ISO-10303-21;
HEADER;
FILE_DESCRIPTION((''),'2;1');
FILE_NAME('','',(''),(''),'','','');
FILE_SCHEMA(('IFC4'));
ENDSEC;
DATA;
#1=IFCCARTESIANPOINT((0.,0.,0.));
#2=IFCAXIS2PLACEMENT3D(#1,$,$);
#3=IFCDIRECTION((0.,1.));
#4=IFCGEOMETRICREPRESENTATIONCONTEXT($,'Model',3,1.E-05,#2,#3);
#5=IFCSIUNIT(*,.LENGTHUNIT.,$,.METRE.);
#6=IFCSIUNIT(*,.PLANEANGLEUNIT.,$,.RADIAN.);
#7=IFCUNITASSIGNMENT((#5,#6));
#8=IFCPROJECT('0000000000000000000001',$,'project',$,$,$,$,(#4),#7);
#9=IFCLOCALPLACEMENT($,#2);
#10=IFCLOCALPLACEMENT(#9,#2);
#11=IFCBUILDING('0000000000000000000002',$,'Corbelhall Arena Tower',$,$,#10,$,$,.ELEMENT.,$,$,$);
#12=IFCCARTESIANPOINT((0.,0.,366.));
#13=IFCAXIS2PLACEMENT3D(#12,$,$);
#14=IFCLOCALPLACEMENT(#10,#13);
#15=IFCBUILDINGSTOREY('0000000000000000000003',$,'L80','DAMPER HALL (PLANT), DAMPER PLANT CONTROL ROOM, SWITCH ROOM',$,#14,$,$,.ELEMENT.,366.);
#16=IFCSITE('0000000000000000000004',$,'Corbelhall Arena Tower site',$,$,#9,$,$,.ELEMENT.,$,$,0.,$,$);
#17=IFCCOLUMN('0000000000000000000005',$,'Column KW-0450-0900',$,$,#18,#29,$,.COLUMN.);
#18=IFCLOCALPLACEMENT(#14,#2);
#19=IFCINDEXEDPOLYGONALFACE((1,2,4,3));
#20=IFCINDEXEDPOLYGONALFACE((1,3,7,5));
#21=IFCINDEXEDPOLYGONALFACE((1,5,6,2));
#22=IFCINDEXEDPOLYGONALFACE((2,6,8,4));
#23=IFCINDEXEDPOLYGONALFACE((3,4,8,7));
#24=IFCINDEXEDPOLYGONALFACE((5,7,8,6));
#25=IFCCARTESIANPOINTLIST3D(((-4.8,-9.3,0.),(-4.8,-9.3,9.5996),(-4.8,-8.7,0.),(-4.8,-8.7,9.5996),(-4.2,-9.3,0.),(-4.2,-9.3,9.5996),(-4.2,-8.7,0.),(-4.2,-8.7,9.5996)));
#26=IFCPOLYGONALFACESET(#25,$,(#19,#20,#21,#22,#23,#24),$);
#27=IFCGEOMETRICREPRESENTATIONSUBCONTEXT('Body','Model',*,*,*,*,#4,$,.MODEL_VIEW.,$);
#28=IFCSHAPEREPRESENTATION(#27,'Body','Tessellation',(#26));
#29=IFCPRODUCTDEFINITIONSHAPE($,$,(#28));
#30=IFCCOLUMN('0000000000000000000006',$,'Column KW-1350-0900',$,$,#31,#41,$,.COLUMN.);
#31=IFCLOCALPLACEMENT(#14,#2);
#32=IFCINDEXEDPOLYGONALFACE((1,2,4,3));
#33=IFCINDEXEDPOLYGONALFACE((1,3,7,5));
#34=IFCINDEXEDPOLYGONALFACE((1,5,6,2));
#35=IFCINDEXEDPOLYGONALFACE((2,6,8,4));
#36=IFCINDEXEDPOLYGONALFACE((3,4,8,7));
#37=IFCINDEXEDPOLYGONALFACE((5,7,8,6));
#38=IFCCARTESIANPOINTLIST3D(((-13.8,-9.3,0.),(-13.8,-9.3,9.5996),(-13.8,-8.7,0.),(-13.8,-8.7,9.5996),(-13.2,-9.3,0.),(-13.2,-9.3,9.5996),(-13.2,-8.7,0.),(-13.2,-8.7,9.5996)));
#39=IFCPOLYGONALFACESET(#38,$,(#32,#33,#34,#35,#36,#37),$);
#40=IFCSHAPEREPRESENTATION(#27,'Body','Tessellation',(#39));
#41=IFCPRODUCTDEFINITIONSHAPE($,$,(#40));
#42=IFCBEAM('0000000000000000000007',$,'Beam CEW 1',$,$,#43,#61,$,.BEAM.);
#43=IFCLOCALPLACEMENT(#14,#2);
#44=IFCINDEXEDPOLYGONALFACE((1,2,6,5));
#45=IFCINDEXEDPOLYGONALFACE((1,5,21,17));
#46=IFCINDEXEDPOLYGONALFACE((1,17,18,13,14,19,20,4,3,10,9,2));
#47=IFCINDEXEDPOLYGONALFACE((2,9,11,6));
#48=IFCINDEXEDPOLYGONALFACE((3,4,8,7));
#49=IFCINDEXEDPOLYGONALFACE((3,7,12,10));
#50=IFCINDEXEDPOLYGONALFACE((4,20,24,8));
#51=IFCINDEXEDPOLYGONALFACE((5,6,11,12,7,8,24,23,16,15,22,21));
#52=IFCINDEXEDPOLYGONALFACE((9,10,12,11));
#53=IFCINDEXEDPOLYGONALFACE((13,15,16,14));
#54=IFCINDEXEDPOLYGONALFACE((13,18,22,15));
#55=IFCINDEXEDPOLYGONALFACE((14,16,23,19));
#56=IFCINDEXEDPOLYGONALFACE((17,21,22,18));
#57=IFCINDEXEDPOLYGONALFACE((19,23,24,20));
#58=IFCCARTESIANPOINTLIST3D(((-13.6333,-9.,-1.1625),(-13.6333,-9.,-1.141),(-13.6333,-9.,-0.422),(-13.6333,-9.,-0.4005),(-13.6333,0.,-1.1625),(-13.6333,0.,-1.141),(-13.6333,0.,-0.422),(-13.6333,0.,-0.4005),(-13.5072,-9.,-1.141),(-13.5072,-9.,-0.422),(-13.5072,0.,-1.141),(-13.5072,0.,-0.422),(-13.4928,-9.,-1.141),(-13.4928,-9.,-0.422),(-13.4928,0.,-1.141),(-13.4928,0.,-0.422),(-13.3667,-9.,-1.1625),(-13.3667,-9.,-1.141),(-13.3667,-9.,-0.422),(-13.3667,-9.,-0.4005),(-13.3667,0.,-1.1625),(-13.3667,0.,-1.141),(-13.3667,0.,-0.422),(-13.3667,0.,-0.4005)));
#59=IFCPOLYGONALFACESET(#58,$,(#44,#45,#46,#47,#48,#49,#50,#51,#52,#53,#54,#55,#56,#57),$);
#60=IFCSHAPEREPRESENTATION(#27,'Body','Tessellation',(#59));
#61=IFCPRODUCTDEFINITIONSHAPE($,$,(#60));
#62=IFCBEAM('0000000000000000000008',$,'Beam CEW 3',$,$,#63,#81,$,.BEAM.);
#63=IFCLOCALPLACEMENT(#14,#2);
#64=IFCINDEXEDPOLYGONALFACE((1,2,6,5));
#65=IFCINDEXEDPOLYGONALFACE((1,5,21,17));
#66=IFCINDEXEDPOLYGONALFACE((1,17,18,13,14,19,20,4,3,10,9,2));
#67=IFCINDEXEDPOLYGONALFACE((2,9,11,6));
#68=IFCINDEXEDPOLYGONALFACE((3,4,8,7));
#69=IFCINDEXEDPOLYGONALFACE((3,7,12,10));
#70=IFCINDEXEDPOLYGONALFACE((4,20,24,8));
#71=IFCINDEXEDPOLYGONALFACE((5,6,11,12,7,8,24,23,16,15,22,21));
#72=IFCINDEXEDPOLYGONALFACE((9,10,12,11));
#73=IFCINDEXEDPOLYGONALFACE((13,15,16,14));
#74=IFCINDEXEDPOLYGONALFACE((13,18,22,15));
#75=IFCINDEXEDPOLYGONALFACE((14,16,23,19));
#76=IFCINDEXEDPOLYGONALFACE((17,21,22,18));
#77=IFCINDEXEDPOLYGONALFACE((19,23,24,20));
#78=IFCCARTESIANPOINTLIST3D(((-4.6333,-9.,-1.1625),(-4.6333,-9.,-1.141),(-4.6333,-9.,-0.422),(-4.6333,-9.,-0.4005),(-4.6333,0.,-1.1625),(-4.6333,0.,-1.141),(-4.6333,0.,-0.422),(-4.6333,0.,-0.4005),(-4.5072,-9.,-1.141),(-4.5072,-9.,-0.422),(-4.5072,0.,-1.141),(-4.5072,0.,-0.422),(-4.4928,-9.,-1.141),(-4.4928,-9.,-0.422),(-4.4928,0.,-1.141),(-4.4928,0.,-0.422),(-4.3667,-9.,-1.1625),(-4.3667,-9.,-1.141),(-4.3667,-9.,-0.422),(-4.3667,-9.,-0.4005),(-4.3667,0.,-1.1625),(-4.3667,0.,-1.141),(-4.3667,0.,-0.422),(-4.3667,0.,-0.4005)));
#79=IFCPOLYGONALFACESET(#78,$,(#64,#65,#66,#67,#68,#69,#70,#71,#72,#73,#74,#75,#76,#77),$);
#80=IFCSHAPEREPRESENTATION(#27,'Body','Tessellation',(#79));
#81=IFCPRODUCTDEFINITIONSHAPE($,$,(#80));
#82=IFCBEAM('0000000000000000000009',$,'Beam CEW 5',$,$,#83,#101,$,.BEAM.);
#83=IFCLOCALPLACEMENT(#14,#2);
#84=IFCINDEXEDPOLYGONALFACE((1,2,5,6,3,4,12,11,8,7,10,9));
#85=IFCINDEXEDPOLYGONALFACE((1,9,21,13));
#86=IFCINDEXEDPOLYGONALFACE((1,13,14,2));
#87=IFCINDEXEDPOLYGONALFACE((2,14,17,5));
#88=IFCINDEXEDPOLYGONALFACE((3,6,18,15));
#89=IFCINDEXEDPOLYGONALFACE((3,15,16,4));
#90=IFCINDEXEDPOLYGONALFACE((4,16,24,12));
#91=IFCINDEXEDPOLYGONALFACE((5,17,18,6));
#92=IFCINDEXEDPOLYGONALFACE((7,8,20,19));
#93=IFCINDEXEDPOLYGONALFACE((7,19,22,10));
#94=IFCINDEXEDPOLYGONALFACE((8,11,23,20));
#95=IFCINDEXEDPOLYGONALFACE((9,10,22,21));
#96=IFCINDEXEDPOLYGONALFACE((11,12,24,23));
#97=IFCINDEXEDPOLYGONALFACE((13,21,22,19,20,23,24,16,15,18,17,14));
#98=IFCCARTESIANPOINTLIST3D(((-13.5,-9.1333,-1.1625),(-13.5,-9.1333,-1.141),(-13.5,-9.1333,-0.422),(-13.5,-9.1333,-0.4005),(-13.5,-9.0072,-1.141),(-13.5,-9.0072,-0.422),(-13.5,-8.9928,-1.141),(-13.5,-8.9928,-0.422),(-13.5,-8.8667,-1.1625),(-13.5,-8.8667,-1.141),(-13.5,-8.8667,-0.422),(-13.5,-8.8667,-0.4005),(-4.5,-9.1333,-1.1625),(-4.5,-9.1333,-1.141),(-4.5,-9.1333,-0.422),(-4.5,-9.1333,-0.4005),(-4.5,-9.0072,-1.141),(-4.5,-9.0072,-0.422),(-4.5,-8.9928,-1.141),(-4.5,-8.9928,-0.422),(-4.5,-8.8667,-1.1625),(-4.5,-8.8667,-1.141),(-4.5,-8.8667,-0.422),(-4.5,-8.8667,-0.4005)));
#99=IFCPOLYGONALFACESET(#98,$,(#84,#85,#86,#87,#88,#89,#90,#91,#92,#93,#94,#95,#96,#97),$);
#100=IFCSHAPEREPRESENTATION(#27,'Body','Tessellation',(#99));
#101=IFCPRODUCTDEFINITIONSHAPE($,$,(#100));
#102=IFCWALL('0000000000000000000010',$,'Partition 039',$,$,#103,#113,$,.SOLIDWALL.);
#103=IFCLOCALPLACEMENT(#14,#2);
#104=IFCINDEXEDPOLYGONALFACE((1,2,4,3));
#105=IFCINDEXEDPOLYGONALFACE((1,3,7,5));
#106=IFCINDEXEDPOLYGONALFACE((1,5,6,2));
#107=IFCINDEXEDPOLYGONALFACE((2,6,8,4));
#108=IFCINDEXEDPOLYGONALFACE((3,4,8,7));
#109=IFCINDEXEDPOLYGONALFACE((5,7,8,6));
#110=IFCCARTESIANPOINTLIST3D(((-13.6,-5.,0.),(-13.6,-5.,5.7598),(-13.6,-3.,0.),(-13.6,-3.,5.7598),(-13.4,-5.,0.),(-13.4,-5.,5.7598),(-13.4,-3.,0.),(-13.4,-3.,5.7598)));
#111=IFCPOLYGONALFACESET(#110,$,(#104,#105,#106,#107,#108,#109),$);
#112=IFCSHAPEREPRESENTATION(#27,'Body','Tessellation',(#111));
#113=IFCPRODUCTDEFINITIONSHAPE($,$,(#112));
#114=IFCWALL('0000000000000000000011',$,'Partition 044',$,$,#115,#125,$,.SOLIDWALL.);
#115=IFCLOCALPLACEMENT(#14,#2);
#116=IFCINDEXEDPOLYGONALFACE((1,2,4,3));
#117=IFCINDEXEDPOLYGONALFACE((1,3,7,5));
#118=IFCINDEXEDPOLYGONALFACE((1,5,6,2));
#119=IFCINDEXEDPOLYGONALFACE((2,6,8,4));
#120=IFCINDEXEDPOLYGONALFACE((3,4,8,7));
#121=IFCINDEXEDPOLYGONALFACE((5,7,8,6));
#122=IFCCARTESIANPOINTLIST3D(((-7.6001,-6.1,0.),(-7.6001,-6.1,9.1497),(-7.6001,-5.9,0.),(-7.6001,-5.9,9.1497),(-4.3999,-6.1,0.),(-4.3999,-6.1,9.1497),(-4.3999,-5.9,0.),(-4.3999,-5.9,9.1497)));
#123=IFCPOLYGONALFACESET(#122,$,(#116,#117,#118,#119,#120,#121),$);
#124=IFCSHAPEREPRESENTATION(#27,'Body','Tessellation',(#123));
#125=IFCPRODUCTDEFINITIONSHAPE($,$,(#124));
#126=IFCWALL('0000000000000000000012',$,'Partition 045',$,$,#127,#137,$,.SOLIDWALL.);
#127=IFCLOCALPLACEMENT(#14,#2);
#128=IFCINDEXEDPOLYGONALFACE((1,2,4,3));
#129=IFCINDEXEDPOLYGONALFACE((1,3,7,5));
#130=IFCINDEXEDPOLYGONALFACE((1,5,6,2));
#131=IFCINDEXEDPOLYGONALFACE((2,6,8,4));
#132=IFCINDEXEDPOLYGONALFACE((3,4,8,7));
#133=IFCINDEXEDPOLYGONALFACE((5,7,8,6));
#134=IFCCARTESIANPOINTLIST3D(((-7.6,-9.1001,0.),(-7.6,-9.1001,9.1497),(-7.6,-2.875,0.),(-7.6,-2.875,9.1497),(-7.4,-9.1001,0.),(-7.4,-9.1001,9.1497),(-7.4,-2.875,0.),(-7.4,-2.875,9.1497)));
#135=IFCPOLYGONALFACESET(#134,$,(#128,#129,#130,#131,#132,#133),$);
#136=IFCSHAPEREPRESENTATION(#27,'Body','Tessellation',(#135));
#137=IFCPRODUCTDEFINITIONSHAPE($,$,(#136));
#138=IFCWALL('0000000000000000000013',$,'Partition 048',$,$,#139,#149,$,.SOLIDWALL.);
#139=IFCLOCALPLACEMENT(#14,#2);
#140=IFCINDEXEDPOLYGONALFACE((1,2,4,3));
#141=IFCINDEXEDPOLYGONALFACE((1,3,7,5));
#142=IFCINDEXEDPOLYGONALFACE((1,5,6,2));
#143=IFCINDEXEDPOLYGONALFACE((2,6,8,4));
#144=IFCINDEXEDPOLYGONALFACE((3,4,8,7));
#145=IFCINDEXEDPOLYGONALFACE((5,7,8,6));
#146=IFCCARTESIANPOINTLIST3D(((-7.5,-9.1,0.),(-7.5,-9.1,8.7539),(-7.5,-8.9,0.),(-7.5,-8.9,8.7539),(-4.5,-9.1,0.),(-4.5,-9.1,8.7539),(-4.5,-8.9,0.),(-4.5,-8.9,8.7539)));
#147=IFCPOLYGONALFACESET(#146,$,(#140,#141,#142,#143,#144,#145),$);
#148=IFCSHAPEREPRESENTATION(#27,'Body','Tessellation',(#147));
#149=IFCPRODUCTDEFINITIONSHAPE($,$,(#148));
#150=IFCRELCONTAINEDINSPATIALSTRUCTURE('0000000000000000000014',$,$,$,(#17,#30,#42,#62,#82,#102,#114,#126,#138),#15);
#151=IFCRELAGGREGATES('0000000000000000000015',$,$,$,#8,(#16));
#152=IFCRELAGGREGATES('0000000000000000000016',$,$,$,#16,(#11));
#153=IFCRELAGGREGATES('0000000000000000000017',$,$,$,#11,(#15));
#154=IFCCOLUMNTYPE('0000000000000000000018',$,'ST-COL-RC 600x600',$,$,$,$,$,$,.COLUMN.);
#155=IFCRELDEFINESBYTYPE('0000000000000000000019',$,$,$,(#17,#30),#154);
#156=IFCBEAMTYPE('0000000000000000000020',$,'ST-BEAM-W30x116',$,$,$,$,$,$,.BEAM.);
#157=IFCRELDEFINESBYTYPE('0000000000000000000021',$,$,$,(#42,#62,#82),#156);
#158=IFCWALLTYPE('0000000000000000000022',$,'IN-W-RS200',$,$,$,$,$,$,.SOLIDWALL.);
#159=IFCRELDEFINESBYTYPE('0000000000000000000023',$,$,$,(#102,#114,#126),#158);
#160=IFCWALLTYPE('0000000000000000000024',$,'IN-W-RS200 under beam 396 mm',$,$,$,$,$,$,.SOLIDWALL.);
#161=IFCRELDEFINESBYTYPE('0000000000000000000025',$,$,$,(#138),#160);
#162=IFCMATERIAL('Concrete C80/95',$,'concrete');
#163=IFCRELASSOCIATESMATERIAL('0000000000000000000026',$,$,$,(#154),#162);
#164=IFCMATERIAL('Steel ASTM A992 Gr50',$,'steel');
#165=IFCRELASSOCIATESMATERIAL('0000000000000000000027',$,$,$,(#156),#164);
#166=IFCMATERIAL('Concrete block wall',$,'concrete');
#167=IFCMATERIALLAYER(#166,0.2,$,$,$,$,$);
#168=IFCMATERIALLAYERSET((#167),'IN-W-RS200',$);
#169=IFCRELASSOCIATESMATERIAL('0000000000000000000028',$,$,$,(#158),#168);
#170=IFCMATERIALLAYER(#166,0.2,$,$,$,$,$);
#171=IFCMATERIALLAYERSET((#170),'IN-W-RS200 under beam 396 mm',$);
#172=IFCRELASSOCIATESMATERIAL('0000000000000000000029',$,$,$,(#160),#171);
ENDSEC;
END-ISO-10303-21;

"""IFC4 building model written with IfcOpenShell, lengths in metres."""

from ifc_helpers import new_model, si_unit, direction, frame, frame_2d, origin, origin_2d, place, context, subcontext, project, spatial, rectangle, i_section, extrude, material, layer, layer_set, material_profile, profile_set, type_object, element, save


model = new_model("IFC4")

# Units and contexts
model_context = context("Model", 3, precision=1e-05, world=origin(), true_north=direction((0.0, 1.0)))
body_context = subcontext(model_context, "Body", "Model", "MODEL_VIEW")
ifc_project = project(units=[si_unit("LENGTHUNIT", "METRE"), si_unit("PLANEANGLEUNIT", "RADIAN")], contexts=[model_context])

# Site, building, storey
site_placement = place(None, origin())
site = spatial("IfcSite", under=ifc_project, at=site_placement, Name="Corbelhall Arena Tower site", CompositionType="ELEMENT", RefElevation=0.0)
building_placement = place(site_placement, origin())
building = spatial("IfcBuilding", under=site, at=building_placement, Name="Corbelhall Arena Tower", CompositionType="ELEMENT")
storey_placement = place(building_placement, frame((0.0, 0.0, 366.0)))
storey = spatial("IfcBuildingStorey", under=building, at=storey_placement, Name="L80", Description="DAMPER HALL (PLANT), DAMPER PLANT CONTROL ROOM, SWITCH ROOM", CompositionType="ELEMENT", Elevation=366.0)

# Columns
ifc_material_1 = material(Name="Concrete C80/95", Category="concrete")
ifc_material_profile_1 = material_profile(ifc_material_1, rectangle(XDim=0.6001, YDim=0.6001, at=origin_2d()))
ifc_profile_set_1 = profile_set([ifc_material_profile_1], Name="Concrete C80/95")
column_type = type_object("IfcColumnType", Name="ST-COL-RC 600x600", PredefinedType="COLUMN", material=ifc_profile_set_1)
for number, where, z_axis, x_axis, name in (
    (1, (-4.5, -9.0, 0.0), (0.0, 0.0, 1.0), (1.0, 0.0, 0.0), "Column KW-0450-0900"),
    (2, (-13.5, -9.0, 0.0), (0.0, 0.0, 1.0), (1.0, 0.0, 0.0), "Column KW-1350-0900"),
):
    element("IfcColumn", number, at=place(storey_placement, frame(where, z_axis=z_axis, x_axis=x_axis)), inside=storey, type_object=column_type, Name=name, PredefinedType="COLUMN", context=body_context, shape_type="SweptSolid", body=[
        extrude(rectangle(XDim=0.6001, YDim=0.6001, at=origin_2d()), origin(), (0.0, 0.0, 1.0), 9.5996),
    ])

# Beams
ifc_material_2 = material(Name="Steel ASTM A992 Gr50", Category="steel")
ifc_material_profile_2 = material_profile(ifc_material_2, i_section(OverallWidth=0.2666, OverallDepth=0.762, WebThickness=0.0144, FlangeThickness=0.0215, at=origin_2d()))
ifc_profile_set_2 = profile_set([ifc_material_profile_2], Name="Steel ASTM A992 Gr50")
beam_type = type_object("IfcBeamType", Name="ST-BEAM-W30x116", PredefinedType="BEAM", material=ifc_profile_set_2)
for number, where, z_axis, x_axis, name in (
    (3, (-13.5, -9.0, -0.7815), (0.0, 1.0, 0.0), (-1.0, 0.0, 0.0), "Beam CEW 1"),
    (4, (-4.5, -9.0, -0.7815), (0.0, 1.0, 0.0), (-1.0, 0.0, 0.0), "Beam CEW 3"),
    (5, (-13.5, -9.0, -0.7815), (1.0, 0.0, 0.0), (0.0, 1.0, 0.0), "Beam CEW 5"),
):
    element("IfcBeam", number, at=place(storey_placement, frame(where, z_axis=z_axis, x_axis=x_axis)), inside=storey, type_object=beam_type, Name=name, PredefinedType="BEAM", context=body_context, shape_type="SweptSolid", body=[
        extrude(i_section(OverallWidth=0.2666, OverallDepth=0.762, WebThickness=0.0144, FlangeThickness=0.0215, at=origin_2d()), origin(), (0.0, 0.0, 1.0), 9.0),
    ])

# Wall
ifc_material_3 = material(Name="Concrete block wall", Category="concrete")
ifc_layer_1 = layer(ifc_material_3, 0.2)
ifc_layer_set_1 = layer_set([ifc_layer_1], Name="IN-W-RS200")
wall_type_1 = type_object("IfcWallType", Name="IN-W-RS200", PredefinedType="SOLIDWALL", material=ifc_layer_set_1)
wall_1_placement = place(storey_placement, frame((-13.5, -5.0, 0.0), z_axis=(0.0, 0.0, 1.0), x_axis=(0.0, 1.0, 0.0)))
element("IfcWall", 6, at=wall_1_placement, inside=storey, type_object=wall_type_1, Name="Partition 039", PredefinedType="SOLIDWALL", context=body_context, shape_type="SweptSolid", body=[
    extrude(rectangle(XDim=2.0, YDim=0.2, at=frame_2d((1.0, 0.0))), origin(), (0.0, 0.0, 1.0), 5.7598),
])

# Walls
wall_2_placement = place(storey_placement, frame((-7.6001, -6.0, 0.0), z_axis=(0.0, 0.0, 1.0), x_axis=(1.0, 0.0, 0.0)))
element("IfcWall", 7, at=wall_2_placement, inside=storey, type_object=wall_type_1, Name="Partition 044", PredefinedType="SOLIDWALL", context=body_context, shape_type="SweptSolid", body=[
    extrude(rectangle(XDim=3.2002, YDim=0.2, at=frame_2d((1.6001, 0.0))), origin(), (0.0, 0.0, 1.0), 9.1497),
])
wall_3_placement = place(storey_placement, frame((-7.5, -9.1001, 0.0), z_axis=(0.0, 0.0, 1.0), x_axis=(0.0, 1.0, 0.0)))
element("IfcWall", 8, at=wall_3_placement, inside=storey, type_object=wall_type_1, Name="Partition 045", PredefinedType="SOLIDWALL", context=body_context, shape_type="SweptSolid", body=[
    extrude(rectangle(XDim=6.2251, YDim=0.2, at=frame_2d((3.1125, 0.0))), origin(), (0.0, 0.0, 1.0), 9.1497),
])
ifc_layer_2 = layer(ifc_material_3, 0.2)
ifc_layer_set_2 = layer_set([ifc_layer_2], Name="IN-W-RS200 under beam 396 mm")
wall_type_2 = type_object("IfcWallType", Name="IN-W-RS200 under beam 396 mm", PredefinedType="SOLIDWALL", material=ifc_layer_set_2)
wall_4_placement = place(storey_placement, frame((-4.5, -9.0, 0.0), z_axis=(0.0, 0.0, 1.0), x_axis=(-1.0, 0.0, 0.0)))
element("IfcWall", 9, at=wall_4_placement, inside=storey, type_object=wall_type_2, Name="Partition 048", PredefinedType="SOLIDWALL", context=body_context, shape_type="SweptSolid", body=[
    extrude(rectangle(XDim=3.0, YDim=0.2, at=frame_2d((1.5, 0.0))), origin(), (0.0, 0.0, 1.0), 8.7539),
])

save(model, "model.ifc")
